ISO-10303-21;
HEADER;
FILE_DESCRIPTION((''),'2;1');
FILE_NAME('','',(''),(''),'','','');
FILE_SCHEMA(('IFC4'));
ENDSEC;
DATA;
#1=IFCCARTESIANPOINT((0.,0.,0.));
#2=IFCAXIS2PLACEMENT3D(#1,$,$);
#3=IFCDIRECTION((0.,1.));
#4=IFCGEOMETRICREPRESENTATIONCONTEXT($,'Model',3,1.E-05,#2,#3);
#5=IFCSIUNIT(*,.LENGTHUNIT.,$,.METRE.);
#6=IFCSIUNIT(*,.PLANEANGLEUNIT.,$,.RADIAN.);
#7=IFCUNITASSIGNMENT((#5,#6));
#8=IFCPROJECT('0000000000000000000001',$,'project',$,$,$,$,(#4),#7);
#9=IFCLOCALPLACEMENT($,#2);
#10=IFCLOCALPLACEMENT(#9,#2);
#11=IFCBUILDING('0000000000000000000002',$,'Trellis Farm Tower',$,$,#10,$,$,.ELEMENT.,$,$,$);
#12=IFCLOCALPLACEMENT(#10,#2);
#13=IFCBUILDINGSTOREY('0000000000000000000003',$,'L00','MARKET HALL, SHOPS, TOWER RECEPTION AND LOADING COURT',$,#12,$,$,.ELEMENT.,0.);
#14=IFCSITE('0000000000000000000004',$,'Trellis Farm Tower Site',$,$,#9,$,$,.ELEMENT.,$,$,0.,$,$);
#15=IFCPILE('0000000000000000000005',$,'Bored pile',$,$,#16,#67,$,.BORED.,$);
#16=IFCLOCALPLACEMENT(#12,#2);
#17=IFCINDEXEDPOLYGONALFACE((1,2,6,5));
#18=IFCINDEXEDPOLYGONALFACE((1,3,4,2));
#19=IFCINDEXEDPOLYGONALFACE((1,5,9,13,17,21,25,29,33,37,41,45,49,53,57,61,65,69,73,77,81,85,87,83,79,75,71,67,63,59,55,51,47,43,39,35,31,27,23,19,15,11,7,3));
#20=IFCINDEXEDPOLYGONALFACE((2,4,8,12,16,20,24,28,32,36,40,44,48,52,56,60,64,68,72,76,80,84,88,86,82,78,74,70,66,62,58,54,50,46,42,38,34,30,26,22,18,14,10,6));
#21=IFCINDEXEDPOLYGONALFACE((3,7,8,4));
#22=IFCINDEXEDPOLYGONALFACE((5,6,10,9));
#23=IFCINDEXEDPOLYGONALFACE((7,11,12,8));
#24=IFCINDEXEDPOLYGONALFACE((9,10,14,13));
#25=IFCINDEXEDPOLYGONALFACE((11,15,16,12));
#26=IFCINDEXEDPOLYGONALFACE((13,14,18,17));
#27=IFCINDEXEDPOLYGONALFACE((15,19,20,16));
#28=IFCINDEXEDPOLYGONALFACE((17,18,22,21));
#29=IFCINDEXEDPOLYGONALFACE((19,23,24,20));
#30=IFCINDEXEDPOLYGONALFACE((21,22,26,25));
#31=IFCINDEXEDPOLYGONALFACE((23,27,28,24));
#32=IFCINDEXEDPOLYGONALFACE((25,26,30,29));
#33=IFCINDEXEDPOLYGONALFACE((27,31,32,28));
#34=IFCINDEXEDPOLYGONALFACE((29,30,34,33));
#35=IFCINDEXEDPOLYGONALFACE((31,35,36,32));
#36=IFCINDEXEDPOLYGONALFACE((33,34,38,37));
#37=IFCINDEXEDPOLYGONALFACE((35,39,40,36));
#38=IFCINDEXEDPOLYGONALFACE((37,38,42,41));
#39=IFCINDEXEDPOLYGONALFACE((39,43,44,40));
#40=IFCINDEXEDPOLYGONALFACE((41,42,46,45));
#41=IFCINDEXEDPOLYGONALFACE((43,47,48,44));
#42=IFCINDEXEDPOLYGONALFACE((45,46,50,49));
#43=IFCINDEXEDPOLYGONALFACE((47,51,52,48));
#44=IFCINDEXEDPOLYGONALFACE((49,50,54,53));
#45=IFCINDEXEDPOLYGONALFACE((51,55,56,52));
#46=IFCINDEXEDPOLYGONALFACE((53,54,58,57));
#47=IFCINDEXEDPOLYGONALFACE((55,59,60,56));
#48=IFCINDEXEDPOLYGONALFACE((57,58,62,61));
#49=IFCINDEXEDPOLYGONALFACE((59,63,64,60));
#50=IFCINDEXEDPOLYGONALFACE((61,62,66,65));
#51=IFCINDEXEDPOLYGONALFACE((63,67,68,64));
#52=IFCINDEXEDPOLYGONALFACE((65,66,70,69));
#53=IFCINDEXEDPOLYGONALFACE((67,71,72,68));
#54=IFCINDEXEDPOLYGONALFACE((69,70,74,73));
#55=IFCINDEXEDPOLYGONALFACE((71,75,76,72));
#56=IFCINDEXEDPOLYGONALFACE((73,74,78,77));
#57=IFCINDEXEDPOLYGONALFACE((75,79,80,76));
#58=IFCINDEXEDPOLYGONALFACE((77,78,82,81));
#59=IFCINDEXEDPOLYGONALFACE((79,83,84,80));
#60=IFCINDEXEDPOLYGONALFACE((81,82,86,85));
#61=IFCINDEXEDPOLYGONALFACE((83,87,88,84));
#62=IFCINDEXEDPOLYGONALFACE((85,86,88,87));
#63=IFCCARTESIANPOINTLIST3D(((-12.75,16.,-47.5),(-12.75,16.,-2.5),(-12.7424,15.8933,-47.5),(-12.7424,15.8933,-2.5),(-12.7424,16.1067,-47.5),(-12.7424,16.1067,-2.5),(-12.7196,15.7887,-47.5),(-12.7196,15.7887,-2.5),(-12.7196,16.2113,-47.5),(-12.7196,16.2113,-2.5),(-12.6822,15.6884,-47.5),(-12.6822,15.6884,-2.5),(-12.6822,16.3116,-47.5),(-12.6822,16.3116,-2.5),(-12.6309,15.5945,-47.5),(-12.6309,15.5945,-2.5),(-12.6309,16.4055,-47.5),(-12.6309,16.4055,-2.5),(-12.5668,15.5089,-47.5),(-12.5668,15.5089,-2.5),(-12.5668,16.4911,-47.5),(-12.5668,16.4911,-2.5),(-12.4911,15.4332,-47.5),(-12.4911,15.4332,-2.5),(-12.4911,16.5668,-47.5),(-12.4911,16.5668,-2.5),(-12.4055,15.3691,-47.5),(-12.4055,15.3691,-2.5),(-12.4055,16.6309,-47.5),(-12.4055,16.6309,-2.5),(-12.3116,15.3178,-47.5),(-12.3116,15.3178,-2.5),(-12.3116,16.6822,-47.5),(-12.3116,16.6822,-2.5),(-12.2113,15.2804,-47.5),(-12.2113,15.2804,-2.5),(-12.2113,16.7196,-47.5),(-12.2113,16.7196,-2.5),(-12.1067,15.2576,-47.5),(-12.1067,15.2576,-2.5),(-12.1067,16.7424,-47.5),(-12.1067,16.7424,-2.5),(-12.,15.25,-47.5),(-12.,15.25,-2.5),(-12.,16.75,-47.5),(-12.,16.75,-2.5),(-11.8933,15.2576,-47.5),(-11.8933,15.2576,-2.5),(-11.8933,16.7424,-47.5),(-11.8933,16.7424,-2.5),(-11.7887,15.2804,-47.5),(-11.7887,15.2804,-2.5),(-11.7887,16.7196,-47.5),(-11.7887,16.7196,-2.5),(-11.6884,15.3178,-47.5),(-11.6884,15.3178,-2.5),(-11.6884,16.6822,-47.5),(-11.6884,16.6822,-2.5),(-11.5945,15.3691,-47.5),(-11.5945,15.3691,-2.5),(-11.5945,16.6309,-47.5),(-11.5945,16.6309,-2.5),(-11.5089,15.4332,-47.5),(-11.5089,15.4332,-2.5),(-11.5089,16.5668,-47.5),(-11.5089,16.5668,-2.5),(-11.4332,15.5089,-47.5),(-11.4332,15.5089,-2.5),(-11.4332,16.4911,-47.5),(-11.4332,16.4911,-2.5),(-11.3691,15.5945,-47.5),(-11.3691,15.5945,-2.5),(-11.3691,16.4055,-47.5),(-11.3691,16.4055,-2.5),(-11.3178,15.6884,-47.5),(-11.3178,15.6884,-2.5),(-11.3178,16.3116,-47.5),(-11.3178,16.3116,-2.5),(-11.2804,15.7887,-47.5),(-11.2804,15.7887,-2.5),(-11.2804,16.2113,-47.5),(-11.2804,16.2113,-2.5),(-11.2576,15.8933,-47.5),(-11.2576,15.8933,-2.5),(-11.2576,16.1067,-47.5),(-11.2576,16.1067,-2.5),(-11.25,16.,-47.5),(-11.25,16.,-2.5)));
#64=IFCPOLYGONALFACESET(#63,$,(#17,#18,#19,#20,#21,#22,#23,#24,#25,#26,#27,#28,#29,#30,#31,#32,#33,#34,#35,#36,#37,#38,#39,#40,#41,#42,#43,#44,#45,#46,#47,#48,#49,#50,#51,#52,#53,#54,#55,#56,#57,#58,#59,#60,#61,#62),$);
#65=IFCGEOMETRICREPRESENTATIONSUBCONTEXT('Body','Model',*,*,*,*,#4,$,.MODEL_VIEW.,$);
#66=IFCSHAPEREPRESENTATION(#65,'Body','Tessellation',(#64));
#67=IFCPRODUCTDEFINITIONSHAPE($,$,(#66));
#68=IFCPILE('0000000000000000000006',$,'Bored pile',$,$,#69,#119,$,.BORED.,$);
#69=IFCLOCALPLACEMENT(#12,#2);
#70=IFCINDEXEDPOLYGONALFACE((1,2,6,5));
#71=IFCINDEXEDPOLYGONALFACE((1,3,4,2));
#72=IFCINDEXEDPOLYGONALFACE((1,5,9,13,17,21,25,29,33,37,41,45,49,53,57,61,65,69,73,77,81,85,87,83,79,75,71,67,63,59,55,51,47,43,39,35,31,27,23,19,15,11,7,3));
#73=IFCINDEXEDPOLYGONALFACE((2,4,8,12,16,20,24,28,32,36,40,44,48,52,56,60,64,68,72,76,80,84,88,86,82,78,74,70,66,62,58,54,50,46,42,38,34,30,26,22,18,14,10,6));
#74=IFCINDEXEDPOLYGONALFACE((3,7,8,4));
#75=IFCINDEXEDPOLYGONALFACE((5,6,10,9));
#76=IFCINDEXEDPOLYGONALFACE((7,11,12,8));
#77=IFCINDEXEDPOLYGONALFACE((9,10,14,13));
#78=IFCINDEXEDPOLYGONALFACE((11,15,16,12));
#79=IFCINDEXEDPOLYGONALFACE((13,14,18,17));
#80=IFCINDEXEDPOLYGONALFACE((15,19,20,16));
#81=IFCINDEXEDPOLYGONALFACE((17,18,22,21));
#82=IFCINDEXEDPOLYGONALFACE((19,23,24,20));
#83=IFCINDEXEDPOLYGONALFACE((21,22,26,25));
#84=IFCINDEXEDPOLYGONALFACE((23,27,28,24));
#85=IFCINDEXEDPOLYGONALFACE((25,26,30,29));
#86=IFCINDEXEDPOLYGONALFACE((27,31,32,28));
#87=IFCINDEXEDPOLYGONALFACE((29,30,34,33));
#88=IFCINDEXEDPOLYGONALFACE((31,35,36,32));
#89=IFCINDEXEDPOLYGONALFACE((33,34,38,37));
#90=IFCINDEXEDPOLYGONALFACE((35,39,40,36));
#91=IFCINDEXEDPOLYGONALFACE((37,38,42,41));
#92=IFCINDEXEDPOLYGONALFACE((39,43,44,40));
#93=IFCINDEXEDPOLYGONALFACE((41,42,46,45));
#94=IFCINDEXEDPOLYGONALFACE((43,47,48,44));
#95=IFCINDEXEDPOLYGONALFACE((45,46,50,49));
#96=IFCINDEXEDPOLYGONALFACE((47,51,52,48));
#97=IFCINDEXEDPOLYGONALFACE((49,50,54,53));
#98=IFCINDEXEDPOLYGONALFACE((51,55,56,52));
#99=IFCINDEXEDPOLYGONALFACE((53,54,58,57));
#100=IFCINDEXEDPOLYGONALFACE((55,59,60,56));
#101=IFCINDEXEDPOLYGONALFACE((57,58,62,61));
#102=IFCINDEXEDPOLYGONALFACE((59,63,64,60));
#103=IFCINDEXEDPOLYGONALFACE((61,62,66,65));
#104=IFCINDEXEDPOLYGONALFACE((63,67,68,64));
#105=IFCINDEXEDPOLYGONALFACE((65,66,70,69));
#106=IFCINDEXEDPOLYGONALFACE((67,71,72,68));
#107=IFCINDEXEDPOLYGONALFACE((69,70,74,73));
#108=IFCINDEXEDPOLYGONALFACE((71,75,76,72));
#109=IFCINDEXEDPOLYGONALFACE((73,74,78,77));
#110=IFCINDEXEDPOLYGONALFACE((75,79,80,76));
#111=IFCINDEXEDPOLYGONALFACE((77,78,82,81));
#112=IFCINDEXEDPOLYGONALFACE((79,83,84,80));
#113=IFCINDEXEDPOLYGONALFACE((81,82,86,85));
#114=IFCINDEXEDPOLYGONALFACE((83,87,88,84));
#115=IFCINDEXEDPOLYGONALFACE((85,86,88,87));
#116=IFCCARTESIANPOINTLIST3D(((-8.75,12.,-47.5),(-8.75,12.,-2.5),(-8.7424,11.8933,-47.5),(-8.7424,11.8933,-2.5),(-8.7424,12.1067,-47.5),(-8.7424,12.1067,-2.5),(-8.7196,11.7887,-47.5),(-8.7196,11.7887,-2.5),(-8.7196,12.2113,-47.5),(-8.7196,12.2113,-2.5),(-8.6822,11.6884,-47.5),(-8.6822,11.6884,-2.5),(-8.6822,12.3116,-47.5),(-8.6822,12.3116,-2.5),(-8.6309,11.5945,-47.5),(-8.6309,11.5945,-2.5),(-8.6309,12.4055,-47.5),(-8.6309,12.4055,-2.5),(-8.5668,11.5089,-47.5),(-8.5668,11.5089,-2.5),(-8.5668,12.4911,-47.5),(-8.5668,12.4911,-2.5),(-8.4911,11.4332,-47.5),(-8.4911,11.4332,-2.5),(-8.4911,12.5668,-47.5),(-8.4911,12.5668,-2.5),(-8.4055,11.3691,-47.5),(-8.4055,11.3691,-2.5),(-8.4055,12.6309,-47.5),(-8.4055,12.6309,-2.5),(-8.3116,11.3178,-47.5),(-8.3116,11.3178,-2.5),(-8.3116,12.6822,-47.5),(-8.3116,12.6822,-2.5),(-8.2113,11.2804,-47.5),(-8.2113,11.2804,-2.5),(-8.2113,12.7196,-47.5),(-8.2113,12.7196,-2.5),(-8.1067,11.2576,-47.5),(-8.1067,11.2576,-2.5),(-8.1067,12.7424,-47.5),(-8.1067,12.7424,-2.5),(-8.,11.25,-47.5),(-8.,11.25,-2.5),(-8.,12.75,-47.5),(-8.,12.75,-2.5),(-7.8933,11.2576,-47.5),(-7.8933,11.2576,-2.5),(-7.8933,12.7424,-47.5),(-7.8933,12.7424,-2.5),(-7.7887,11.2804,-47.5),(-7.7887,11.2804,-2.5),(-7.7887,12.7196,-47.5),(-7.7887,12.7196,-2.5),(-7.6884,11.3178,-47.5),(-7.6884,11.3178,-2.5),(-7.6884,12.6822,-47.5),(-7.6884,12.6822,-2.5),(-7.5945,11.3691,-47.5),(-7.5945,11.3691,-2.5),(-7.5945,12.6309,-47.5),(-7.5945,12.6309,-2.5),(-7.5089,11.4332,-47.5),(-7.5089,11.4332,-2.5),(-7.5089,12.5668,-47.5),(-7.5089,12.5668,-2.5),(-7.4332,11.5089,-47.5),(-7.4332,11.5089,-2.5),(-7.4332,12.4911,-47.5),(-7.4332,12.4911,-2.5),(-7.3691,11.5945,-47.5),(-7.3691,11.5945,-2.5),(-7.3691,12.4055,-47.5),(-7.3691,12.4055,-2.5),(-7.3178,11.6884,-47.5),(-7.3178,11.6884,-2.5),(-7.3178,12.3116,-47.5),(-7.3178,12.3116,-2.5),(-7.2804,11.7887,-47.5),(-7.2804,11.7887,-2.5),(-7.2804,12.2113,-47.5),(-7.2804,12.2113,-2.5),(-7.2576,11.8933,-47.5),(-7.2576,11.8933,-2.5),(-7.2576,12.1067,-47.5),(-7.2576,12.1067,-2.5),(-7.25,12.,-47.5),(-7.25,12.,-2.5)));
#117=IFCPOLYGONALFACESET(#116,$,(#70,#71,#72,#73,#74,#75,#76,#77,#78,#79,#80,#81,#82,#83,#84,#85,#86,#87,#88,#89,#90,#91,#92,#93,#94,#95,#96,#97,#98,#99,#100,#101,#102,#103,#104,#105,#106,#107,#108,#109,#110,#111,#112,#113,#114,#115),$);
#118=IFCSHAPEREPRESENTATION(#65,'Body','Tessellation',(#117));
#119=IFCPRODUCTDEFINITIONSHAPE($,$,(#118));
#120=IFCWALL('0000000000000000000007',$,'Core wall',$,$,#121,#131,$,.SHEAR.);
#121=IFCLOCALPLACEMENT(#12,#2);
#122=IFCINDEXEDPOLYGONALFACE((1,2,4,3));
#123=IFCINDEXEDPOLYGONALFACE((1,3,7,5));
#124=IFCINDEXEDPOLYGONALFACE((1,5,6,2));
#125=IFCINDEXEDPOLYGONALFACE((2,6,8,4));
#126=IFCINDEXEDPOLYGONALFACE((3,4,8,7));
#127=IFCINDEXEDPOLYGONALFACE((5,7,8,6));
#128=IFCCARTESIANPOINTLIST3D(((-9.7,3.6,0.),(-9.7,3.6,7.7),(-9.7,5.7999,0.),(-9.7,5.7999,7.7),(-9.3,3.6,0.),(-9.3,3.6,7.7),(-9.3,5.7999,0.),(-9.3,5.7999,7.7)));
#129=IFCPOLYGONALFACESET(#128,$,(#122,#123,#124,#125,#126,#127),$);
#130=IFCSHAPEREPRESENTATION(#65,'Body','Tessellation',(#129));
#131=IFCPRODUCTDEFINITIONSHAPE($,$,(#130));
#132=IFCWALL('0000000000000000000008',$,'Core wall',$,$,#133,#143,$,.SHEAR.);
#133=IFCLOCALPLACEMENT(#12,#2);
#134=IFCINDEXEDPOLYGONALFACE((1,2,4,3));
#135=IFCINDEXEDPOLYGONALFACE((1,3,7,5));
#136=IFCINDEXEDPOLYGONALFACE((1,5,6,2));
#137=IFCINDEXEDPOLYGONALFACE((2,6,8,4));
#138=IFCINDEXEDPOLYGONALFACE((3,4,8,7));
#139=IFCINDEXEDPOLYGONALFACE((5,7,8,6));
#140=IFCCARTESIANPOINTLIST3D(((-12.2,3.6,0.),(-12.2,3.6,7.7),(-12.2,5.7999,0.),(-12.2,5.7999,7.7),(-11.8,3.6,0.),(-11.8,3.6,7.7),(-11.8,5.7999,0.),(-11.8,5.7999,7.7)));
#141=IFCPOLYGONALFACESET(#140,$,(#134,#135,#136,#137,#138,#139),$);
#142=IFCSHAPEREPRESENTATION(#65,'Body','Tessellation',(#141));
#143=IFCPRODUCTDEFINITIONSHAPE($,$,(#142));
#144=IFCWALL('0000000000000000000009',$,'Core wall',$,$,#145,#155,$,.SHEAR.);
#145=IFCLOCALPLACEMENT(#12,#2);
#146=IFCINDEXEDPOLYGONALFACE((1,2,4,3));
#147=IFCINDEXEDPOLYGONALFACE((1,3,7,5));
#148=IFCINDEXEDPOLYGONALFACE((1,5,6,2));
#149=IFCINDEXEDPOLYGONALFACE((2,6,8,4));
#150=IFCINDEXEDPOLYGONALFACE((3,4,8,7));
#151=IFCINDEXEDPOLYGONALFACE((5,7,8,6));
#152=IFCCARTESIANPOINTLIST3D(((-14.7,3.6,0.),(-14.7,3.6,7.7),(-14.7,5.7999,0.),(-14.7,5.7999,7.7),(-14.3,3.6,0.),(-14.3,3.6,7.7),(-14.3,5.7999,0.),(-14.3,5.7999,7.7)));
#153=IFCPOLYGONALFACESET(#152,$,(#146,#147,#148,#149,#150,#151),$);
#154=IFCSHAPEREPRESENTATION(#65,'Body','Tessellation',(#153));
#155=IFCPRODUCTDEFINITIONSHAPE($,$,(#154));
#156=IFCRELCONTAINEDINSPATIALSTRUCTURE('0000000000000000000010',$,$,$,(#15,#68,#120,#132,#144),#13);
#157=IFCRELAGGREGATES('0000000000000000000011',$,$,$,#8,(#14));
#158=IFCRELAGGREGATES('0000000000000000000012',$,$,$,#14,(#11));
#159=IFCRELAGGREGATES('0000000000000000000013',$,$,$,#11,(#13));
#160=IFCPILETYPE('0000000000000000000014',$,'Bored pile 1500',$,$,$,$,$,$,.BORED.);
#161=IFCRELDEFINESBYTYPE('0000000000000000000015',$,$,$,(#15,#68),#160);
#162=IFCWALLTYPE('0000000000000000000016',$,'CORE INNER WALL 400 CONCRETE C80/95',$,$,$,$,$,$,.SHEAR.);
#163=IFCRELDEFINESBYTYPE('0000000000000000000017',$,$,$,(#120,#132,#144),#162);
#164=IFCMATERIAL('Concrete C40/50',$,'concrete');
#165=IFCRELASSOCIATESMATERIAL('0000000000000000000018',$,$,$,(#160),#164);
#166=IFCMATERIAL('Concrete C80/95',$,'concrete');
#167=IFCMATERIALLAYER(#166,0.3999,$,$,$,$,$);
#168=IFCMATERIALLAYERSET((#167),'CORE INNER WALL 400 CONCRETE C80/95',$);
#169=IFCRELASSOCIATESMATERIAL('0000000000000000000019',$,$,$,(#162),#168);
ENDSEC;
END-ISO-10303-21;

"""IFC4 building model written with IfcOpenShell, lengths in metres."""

from ifc_helpers import new_model, si_unit, direction, frame, frame_2d, origin, origin_2d, place, context, subcontext, project, spatial, rectangle, circle, extrude, source, transform, mapped, material, layer, layer_set, material_profile, profile_set, type_object, element, save


model = new_model("IFC4")

# Units and contexts
model_context = context("Model", 3, precision=1e-05, world=origin(), true_north=direction((0.0, 1.0)))
body_context = subcontext(model_context, "Body", "Model", "MODEL_VIEW")
ifc_project = project(units=[si_unit("LENGTHUNIT", "METRE"), si_unit("PLANEANGLEUNIT", "RADIAN")], contexts=[model_context])

# Site, building, storey
site_placement = place(None, origin())
site = spatial("IfcSite", under=ifc_project, at=site_placement, Name="Trellis Farm Tower Site", CompositionType="ELEMENT", RefElevation=0.0)
building_placement = place(site_placement, origin())
building = spatial("IfcBuilding", under=site, at=building_placement, Name="Trellis Farm Tower", CompositionType="ELEMENT")
storey_placement = place(building_placement, origin())
storey = spatial("IfcBuildingStorey", under=building, at=storey_placement, Name="L00", Description="MARKET HALL, SHOPS, TOWER RECEPTION AND LOADING COURT", CompositionType="ELEMENT", Elevation=0.0)

# Piles
ifc_material_1 = material(Name="Concrete C40/50", Category="concrete")
ifc_material_profile = material_profile(ifc_material_1, circle(Radius=0.75, at=origin_2d()), Name="Bored pile 1500")
ifc_profile_set = profile_set([ifc_material_profile], Name="Concrete C40/50")
pile_type = type_object("IfcPileType", Name="Bored pile 1500", PredefinedType="BORED", material=ifc_profile_set)
shared_shape_1 = source(origin(), body_context, "Body", "SweptSolid", [
    extrude(circle(Radius=0.75, at=origin_2d()), origin(), (0.0, 0.0, 1.0), 45.0),
])
for number, where, z_axis, x_axis, name in (
    (1, (-12.0, 16.0, -2.5), (0.0, 0.0, -1.0), (1.0, 0.0, 0.0), "Bored pile"),
    (2, (-8.0, 12.0, -2.5), (0.0, 0.0, -1.0), (1.0, 0.0, 0.0), "Bored pile"),
):
    element("IfcPile", number, at=place(storey_placement, frame(where, z_axis=z_axis, x_axis=x_axis)), inside=storey, type_object=pile_type, Name=name, PredefinedType="BORED", context=body_context, shape_type="MappedRepresentation", body=[
        mapped(shared_shape_1, transform((0.0, 0.0, 0.0))),
    ])

# Walls
ifc_material_2 = material(Name="Concrete C80/95", Category="concrete")
ifc_layer = layer(ifc_material_2, 0.3999)
ifc_layer_set = layer_set([ifc_layer], Name="CORE INNER WALL 400 CONCRETE C80/95")
wall_type = type_object("IfcWallType", Name="CORE INNER WALL 400 CONCRETE C80/95", PredefinedType="SHEAR", material=ifc_layer_set)
shared_shape_2 = source(origin(), body_context, "Body", "SweptSolid", [
    extrude(rectangle(XDim=2.2, YDim=0.3999, at=frame_2d((1.1001, 0.0))), origin(), (0.0, 0.0, 1.0), 7.7),
])
for number, where, z_axis, x_axis, name in (
    (3, (-9.5, 5.8, 0.0), (0.0, 0.0, 1.0), (0.0, -1.0, 0.0), "Core wall"),
    (4, (-12.0, 5.8, 0.0), (0.0, 0.0, 1.0), (0.0, -1.0, 0.0), "Core wall"),
    (5, (-14.5, 5.8, 0.0), (0.0, 0.0, 1.0), (0.0, -1.0, 0.0), "Core wall"),
):
    element("IfcWall", number, at=place(storey_placement, frame(where, z_axis=z_axis, x_axis=x_axis)), inside=storey, type_object=wall_type, Name=name, PredefinedType="SHEAR", context=body_context, shape_type="MappedRepresentation", body=[
        mapped(shared_shape_2, transform((0.0, 0.0, 0.0))),
    ])

save(model, "model.ifc")
